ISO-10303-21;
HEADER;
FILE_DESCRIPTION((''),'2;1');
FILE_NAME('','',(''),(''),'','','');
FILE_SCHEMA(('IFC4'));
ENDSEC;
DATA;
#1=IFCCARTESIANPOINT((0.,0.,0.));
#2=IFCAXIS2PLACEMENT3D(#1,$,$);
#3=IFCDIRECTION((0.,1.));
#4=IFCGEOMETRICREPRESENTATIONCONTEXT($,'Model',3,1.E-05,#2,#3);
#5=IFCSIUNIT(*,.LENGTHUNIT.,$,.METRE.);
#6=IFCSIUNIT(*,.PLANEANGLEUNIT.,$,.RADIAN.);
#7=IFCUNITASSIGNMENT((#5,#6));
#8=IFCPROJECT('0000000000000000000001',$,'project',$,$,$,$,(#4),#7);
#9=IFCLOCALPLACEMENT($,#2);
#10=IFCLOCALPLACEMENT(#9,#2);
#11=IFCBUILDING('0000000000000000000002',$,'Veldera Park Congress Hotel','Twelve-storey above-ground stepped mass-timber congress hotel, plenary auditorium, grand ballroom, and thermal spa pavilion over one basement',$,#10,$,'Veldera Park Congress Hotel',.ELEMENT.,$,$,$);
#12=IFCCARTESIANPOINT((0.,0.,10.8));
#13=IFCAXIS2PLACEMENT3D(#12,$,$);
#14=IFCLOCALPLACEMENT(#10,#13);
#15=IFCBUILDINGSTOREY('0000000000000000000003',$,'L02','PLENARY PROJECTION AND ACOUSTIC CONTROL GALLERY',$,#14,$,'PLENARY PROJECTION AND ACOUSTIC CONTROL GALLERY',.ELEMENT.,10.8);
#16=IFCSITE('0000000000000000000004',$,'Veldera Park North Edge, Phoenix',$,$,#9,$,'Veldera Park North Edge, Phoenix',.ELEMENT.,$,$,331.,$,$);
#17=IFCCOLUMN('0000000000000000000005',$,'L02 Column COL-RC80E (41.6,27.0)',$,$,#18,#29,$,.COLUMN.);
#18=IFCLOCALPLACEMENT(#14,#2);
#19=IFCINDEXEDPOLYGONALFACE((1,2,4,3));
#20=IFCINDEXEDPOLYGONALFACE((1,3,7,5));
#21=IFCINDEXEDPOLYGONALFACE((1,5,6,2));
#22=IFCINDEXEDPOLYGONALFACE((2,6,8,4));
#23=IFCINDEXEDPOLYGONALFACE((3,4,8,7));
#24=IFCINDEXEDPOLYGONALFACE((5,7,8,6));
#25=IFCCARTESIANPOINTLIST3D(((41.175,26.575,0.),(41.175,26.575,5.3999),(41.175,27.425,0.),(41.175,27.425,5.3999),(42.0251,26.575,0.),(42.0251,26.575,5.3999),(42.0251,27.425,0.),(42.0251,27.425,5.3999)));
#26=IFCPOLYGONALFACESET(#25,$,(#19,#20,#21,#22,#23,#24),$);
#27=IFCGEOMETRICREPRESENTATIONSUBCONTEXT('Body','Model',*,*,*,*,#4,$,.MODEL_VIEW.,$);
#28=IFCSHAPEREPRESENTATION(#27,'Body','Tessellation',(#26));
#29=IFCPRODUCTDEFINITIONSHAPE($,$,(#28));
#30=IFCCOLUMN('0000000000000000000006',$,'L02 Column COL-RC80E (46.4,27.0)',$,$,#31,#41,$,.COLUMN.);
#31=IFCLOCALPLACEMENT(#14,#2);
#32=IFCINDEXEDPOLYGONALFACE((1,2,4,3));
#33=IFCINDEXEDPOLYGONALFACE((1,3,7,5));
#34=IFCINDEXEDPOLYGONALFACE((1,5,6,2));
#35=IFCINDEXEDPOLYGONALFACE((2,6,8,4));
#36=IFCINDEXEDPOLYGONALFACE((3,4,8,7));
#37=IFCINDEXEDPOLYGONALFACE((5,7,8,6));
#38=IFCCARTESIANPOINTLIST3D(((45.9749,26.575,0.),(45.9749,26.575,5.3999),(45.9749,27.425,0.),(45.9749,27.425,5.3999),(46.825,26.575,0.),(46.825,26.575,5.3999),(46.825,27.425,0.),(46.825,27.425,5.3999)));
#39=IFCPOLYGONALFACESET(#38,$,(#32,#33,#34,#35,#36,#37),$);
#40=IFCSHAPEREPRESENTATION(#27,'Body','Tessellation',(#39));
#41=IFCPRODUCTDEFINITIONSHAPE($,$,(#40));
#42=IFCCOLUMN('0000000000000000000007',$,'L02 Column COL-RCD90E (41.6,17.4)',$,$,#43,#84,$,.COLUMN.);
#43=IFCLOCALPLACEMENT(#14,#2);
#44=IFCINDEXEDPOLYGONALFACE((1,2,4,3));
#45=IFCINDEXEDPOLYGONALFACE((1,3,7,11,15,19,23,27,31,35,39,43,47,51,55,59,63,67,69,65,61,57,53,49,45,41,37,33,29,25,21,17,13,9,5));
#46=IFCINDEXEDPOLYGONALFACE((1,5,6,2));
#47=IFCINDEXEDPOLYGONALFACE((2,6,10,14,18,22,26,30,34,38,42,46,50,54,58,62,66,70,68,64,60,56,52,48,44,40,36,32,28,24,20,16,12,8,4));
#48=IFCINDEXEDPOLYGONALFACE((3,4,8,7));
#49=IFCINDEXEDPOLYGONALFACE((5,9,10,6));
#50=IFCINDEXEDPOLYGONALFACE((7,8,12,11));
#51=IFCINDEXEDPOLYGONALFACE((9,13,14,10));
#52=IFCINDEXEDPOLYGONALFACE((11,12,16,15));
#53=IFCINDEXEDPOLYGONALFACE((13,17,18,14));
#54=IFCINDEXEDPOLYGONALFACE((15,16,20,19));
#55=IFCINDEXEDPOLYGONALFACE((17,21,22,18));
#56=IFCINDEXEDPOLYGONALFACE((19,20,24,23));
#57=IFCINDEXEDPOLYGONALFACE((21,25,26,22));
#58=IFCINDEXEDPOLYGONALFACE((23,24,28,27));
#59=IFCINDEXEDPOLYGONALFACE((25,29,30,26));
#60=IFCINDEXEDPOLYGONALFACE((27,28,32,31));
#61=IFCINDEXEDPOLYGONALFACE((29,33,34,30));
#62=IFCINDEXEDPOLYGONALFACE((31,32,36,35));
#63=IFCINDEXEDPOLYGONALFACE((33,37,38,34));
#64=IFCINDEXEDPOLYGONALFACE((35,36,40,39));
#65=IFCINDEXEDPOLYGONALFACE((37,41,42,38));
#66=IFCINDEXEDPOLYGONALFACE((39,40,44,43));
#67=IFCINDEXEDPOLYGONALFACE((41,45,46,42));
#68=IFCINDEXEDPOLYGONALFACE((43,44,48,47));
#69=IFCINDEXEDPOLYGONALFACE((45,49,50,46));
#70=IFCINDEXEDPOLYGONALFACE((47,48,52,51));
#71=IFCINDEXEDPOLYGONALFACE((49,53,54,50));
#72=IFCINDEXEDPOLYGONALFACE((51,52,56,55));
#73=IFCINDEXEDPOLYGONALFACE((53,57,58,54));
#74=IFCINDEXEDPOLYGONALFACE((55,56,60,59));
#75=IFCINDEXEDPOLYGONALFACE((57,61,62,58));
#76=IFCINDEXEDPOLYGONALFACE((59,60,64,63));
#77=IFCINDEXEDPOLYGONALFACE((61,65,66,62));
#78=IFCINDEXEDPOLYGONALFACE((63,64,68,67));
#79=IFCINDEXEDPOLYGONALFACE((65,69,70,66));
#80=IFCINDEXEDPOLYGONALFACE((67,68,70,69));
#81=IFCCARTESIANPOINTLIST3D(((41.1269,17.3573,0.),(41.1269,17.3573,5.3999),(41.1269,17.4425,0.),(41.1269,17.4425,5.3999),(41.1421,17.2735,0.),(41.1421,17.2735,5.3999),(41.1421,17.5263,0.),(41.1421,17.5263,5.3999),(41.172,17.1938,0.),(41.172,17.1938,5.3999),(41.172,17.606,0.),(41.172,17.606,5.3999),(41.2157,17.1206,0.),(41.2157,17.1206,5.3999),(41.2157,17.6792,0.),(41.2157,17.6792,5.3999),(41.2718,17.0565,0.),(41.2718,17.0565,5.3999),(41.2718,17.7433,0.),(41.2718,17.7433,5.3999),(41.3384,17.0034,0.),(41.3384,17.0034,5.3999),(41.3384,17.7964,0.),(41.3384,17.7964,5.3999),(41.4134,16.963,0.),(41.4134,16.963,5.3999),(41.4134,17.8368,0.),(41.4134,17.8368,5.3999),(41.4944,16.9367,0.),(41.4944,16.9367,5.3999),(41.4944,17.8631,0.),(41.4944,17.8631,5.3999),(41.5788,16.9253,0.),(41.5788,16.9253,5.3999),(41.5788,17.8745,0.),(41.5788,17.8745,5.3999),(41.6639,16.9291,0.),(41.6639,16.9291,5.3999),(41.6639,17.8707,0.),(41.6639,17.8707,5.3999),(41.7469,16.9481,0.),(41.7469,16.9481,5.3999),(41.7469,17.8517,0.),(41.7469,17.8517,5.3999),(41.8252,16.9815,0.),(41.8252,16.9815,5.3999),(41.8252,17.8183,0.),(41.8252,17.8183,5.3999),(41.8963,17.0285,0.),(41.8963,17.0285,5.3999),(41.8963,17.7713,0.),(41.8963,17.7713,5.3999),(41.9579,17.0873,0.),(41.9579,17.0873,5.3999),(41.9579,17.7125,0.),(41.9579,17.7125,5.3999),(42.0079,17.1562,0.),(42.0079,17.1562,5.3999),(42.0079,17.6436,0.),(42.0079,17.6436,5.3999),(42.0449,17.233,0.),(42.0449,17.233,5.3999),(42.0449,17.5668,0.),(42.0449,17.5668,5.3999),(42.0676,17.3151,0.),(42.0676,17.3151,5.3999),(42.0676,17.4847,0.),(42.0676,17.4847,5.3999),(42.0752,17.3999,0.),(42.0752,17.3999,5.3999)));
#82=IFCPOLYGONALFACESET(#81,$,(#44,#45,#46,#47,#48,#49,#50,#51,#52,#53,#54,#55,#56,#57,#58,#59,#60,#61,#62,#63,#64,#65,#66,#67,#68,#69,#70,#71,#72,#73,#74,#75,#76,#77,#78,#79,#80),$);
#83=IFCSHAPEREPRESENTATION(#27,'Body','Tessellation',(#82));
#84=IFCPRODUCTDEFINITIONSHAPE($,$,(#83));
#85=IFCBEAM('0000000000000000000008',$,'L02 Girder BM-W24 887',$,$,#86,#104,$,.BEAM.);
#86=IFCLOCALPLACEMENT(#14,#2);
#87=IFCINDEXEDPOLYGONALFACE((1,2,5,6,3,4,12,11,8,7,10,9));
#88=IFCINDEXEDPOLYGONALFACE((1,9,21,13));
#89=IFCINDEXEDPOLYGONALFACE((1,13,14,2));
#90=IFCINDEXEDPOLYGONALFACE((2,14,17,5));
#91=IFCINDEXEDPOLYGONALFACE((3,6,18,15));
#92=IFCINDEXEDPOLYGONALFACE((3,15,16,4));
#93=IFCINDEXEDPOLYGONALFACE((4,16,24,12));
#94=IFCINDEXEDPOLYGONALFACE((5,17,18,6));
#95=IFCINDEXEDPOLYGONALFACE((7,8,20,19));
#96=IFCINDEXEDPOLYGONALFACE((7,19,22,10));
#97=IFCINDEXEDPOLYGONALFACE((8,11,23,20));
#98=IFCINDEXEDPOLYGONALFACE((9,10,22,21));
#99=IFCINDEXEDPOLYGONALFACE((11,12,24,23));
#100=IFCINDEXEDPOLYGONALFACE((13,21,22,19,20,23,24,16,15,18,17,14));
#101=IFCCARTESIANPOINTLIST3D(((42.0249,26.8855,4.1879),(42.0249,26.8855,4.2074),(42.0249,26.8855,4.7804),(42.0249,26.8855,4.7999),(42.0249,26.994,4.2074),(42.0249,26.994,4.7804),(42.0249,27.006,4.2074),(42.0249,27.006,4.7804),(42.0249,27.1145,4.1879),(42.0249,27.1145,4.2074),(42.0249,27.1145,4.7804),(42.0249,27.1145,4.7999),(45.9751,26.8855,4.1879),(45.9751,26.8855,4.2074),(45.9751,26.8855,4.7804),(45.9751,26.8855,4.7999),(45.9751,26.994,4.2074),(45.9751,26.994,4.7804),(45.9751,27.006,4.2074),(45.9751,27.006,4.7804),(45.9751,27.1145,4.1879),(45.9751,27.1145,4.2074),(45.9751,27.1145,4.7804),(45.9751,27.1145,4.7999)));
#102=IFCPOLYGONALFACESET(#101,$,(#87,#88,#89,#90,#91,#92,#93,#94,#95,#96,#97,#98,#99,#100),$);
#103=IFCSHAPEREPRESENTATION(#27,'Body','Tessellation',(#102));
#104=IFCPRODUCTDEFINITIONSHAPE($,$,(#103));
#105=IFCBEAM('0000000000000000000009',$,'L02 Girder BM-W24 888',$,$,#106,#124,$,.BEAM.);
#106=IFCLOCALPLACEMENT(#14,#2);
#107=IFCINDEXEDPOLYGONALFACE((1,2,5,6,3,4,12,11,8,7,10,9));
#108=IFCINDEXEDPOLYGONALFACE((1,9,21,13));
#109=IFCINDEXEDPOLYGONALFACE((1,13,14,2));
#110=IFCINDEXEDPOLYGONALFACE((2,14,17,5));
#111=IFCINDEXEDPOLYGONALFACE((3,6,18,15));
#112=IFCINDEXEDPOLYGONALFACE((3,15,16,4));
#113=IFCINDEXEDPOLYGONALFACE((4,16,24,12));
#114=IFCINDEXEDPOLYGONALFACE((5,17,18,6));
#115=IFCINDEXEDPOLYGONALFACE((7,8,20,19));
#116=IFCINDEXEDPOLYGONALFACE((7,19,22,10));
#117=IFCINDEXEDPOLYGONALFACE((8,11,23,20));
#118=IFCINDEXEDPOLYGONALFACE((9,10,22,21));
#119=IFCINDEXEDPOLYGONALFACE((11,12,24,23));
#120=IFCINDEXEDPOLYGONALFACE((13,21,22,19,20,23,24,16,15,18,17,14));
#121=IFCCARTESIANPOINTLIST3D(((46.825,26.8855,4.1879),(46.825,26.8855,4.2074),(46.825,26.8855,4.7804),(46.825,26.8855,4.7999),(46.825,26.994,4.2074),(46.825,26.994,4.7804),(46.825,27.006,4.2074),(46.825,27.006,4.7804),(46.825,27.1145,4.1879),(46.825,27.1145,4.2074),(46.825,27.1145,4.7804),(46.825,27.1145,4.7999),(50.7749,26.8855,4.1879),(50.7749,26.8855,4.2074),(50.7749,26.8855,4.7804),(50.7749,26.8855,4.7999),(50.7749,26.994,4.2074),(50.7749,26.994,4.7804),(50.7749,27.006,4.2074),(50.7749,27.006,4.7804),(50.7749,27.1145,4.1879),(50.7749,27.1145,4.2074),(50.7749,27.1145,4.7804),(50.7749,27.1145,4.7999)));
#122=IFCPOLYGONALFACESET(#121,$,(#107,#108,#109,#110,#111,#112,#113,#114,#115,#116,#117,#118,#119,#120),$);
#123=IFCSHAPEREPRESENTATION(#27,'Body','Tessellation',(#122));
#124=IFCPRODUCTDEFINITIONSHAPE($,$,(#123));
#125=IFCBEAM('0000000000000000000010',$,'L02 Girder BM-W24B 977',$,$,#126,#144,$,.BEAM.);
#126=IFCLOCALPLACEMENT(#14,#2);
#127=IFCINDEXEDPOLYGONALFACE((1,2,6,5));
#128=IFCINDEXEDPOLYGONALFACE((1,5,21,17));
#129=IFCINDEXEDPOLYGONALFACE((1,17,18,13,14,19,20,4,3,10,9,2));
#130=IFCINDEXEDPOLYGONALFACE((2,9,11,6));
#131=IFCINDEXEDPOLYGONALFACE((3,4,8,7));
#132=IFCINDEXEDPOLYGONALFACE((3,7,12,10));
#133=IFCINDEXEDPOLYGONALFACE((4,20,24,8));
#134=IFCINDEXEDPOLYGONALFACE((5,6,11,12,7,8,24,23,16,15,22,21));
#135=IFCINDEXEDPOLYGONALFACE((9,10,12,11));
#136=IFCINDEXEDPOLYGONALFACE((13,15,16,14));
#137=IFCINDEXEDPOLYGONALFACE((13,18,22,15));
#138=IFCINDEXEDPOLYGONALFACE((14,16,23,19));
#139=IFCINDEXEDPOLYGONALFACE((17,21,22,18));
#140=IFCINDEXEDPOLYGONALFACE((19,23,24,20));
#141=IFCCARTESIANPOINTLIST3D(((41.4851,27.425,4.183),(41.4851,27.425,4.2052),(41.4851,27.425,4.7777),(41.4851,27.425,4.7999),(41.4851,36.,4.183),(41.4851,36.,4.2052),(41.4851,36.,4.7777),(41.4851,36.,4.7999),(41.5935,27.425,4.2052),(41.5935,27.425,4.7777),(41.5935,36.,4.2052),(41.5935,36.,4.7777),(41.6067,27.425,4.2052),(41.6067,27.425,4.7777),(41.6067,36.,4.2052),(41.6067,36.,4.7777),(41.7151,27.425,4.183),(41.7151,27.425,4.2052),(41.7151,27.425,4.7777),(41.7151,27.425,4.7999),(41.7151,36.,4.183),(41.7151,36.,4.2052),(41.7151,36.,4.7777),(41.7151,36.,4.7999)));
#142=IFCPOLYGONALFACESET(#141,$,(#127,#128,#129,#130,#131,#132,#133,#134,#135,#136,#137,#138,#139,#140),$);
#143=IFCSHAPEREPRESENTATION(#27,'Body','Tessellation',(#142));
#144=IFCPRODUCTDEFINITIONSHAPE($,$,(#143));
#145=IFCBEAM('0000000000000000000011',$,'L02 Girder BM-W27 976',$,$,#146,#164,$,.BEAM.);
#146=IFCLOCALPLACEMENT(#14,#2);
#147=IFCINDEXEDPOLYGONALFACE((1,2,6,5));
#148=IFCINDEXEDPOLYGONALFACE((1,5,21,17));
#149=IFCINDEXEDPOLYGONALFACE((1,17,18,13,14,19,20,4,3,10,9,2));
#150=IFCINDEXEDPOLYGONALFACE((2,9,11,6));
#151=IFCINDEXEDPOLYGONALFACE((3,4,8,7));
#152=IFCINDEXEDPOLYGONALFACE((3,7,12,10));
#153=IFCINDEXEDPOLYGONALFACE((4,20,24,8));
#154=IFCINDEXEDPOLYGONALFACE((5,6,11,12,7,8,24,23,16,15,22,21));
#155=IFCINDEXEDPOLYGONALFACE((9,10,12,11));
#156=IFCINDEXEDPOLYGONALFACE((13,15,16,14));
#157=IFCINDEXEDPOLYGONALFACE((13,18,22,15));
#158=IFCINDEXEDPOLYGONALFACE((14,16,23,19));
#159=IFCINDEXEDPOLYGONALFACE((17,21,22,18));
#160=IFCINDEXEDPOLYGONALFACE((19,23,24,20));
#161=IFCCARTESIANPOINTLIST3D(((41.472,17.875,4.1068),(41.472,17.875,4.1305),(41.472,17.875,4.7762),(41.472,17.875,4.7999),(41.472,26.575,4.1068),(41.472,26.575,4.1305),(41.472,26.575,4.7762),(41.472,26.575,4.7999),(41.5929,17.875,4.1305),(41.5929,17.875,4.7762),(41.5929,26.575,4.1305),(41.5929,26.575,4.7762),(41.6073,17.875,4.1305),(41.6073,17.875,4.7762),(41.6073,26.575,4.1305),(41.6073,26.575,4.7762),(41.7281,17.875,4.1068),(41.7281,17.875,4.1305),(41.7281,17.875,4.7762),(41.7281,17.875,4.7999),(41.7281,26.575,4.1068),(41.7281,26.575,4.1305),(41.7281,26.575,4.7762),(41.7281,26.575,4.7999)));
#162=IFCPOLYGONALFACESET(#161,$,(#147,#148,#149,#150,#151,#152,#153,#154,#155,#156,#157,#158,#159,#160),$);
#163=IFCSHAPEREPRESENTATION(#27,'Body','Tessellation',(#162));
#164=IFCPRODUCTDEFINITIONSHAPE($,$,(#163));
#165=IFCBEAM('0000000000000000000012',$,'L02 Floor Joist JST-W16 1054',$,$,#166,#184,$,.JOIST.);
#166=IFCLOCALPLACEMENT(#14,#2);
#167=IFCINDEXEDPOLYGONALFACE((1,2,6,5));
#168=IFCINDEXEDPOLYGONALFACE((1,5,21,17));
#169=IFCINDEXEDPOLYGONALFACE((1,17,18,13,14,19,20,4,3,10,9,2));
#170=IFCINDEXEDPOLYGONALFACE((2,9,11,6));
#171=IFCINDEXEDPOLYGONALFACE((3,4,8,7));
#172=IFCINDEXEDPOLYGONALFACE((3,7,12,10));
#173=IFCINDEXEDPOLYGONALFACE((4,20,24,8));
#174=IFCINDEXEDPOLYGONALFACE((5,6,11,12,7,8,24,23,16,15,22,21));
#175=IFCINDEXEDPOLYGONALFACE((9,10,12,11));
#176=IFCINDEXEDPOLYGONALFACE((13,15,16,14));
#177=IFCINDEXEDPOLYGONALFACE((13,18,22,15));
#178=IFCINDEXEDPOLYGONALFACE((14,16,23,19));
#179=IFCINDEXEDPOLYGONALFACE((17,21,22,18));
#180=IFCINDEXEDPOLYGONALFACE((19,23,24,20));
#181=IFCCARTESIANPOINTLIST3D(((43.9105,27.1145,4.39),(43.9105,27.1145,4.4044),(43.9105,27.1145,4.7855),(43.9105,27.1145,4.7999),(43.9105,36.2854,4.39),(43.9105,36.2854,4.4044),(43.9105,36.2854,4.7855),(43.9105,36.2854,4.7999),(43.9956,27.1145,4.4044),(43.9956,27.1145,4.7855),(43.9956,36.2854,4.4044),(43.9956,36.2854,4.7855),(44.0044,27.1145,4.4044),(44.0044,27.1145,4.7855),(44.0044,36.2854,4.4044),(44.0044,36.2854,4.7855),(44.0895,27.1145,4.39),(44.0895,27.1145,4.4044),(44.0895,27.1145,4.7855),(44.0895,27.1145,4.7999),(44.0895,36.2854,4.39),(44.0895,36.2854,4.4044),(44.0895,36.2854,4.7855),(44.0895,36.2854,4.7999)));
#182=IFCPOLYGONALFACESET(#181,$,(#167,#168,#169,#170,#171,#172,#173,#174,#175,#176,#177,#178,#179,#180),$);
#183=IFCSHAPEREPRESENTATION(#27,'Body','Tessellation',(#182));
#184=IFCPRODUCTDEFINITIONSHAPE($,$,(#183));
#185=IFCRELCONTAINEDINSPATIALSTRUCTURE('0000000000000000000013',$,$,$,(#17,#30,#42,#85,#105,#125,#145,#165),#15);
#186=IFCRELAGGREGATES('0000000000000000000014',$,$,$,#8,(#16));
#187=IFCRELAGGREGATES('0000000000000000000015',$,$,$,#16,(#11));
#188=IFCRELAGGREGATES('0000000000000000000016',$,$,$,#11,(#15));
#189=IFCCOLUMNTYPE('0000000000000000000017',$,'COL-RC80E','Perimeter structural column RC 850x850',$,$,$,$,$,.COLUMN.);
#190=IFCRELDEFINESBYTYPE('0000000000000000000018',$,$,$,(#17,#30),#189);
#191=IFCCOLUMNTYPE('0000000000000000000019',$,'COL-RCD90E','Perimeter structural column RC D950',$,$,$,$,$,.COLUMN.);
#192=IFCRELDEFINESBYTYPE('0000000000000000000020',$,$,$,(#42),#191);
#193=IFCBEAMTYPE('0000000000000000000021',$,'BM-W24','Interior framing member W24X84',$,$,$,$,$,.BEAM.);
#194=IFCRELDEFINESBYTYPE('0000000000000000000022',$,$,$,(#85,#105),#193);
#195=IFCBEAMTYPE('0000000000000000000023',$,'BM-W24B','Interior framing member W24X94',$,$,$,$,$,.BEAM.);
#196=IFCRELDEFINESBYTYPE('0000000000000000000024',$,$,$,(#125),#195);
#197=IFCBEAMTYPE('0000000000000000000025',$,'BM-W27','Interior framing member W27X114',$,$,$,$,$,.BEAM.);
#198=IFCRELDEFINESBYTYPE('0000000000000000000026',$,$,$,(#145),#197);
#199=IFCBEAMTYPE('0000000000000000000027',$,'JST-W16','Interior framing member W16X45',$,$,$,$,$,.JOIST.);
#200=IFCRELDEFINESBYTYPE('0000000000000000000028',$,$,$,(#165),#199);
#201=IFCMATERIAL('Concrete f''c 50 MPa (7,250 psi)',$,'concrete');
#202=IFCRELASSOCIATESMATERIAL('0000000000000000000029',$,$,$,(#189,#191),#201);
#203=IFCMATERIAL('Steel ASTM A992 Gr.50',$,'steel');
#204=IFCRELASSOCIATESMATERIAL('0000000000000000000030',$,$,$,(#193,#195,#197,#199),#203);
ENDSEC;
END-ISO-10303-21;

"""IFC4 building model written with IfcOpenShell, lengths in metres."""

from ifc_helpers import new_model, si_unit, direction, frame, origin, origin_2d, place, context, subcontext, project, spatial, rectangle, circle, i_section, extrude, material, material_profile, profile_set, type_object, element, save


model = new_model("IFC4")

# Units and contexts
model_context = context("Model", 3, precision=1e-05, world=origin(), true_north=direction((0.0, 1.0)))
body_context = subcontext(model_context, "Body", "Model", "MODEL_VIEW")
ifc_project = project(units=[si_unit("LENGTHUNIT", "METRE"), si_unit("PLANEANGLEUNIT", "RADIAN")], contexts=[model_context])

# Site, building, storey
site_placement = place(None, origin())
site = spatial("IfcSite", under=ifc_project, at=site_placement, Name="Veldera Park North Edge, Phoenix", LongName="Veldera Park North Edge, Phoenix", CompositionType="ELEMENT", RefElevation=331.0)
building_placement = place(site_placement, origin())
building = spatial("IfcBuilding", under=site, at=building_placement, Name="Veldera Park Congress Hotel", Description="Twelve-storey above-ground stepped mass-timber congress hotel, plenary auditorium, grand ballroom, and thermal spa pavilion over one basement", LongName="Veldera Park Congress Hotel", CompositionType="ELEMENT")
storey_placement = place(building_placement, frame((0.0, 0.0, 10.8)))
storey = spatial("IfcBuildingStorey", under=building, at=storey_placement, Name="L02", Description="PLENARY PROJECTION AND ACOUSTIC CONTROL GALLERY", LongName="PLENARY PROJECTION AND ACOUSTIC CONTROL GALLERY", CompositionType="ELEMENT", Elevation=10.8)

# Columns
ifc_material_1 = material(Name="Concrete f'c 50 MPa (7,250 psi)", Category="concrete")
ifc_material_profile_1 = material_profile(ifc_material_1, rectangle(XDim=0.8501, YDim=0.8501, at=origin_2d()), Name="RC 850x850")
ifc_profile_set_1 = profile_set([ifc_material_profile_1], Name="Concrete f'c 50 MPa (7,250 psi)")
column_type_1 = type_object("IfcColumnType", Name="COL-RC80E", Description="Perimeter structural column RC 850x850", PredefinedType="COLUMN", material=ifc_profile_set_1)
for number, where, z_axis, x_axis, name in (
    (1, (41.6001, 27.0, 0.0), (0.0, 0.0, 1.0), (1.0, 0.0, 0.0), "L02 Column COL-RC80E (41.6,27.0)"),
    (2, (46.3999, 27.0, 0.0), (0.0, 0.0, 1.0), (1.0, 0.0, 0.0), "L02 Column COL-RC80E (46.4,27.0)"),
):
    element("IfcColumn", number, at=place(storey_placement, frame(where, z_axis=z_axis, x_axis=x_axis)), inside=storey, type_object=column_type_1, Name=name, PredefinedType="COLUMN", context=body_context, shape_type="SweptSolid", body=[
        extrude(rectangle(XDim=0.8501, YDim=0.8501, at=origin_2d()), origin(), (0.0, 0.0, 1.0), 5.3999),
    ])
ifc_material_profile_2 = material_profile(ifc_material_1, circle(Radius=0.4751, at=origin_2d()), Name="RC D950")
ifc_profile_set_2 = profile_set([ifc_material_profile_2], Name="Concrete f'c 50 MPa (7,250 psi)")
column_type_2 = type_object("IfcColumnType", Name="COL-RCD90E", Description="Perimeter structural column RC D950", PredefinedType="COLUMN", material=ifc_profile_set_2)
column_placement = place(storey_placement, frame((41.6001, 17.3999, 0.0), z_axis=(0.0, 0.0, 1.0), x_axis=(1.0, 0.0, 0.0)))
element("IfcColumn", 3, at=column_placement, inside=storey, type_object=column_type_2, Name="L02 Column COL-RCD90E (41.6,17.4)", PredefinedType="COLUMN", context=body_context, shape_type="SweptSolid", body=[
    extrude(circle(Radius=0.4751, at=origin_2d()), origin(), (0.0, 0.0, 1.0), 5.3999),
])

# Beams
ifc_material_2 = material(Name="Steel ASTM A992 Gr.50", Category="steel")
ifc_material_profile_3 = material_profile(ifc_material_2, i_section(OverallWidth=0.229, OverallDepth=0.6121, WebThickness=0.012, FlangeThickness=0.0195, at=origin_2d()), Name="W24X84")
ifc_profile_set_3 = profile_set([ifc_material_profile_3], Name="Steel ASTM A992 Gr.50")
beam_type_1 = type_object("IfcBeamType", Name="BM-W24", Description="Interior framing member W24X84", PredefinedType="BEAM", material=ifc_profile_set_3)
beam_1_placement = place(storey_placement, frame((42.0249, 27.0, 4.4939), z_axis=(1.0, 0.0, 0.0), x_axis=(0.0, 1.0, 0.0)))
element("IfcBeam", 4, at=beam_1_placement, inside=storey, type_object=beam_type_1, Name="L02 Girder BM-W24 887", PredefinedType="BEAM", context=body_context, shape_type="SweptSolid", body=[
    extrude(i_section(OverallWidth=0.229, OverallDepth=0.6121, WebThickness=0.012, FlangeThickness=0.0195, at=origin_2d()), origin(), (0.0, 0.0, 1.0), 3.9502),
])
beam_2_placement = place(storey_placement, frame((46.825, 27.0, 4.4939), z_axis=(1.0, 0.0, 0.0), x_axis=(0.0, 1.0, 0.0)))
element("IfcBeam", 5, at=beam_2_placement, inside=storey, type_object=beam_type_1, Name="L02 Girder BM-W24 888", PredefinedType="BEAM", context=body_context, shape_type="SweptSolid", body=[
    extrude(i_section(OverallWidth=0.229, OverallDepth=0.6121, WebThickness=0.012, FlangeThickness=0.0195, at=origin_2d()), origin(), (0.0, 0.0, 1.0), 3.95),
])
ifc_material_profile_4 = material_profile(ifc_material_2, i_section(OverallWidth=0.23, OverallDepth=0.6169, WebThickness=0.0132, FlangeThickness=0.0222, at=origin_2d()), Name="W24X94")
ifc_profile_set_4 = profile_set([ifc_material_profile_4], Name="Steel ASTM A992 Gr.50")
beam_type_2 = type_object("IfcBeamType", Name="BM-W24B", Description="Interior framing member W24X94", PredefinedType="BEAM", material=ifc_profile_set_4)
beam_3_placement = place(storey_placement, frame((41.6001, 27.425, 4.4915), z_axis=(0.0, 1.0, 0.0), x_axis=(-1.0, 0.0, 0.0)))
element("IfcBeam", 6, at=beam_3_placement, inside=storey, type_object=beam_type_2, Name="L02 Girder BM-W24B 977", PredefinedType="BEAM", context=body_context, shape_type="SweptSolid", body=[
    extrude(i_section(OverallWidth=0.23, OverallDepth=0.6169, WebThickness=0.0132, FlangeThickness=0.0222, at=origin_2d()), origin(), (0.0, 0.0, 1.0), 8.575),
])
ifc_material_profile_5 = material_profile(ifc_material_2, i_section(OverallWidth=0.2561, OverallDepth=0.6931, WebThickness=0.0144, FlangeThickness=0.0237, at=origin_2d()), Name="W27X114")
ifc_profile_set_5 = profile_set([ifc_material_profile_5], Name="Steel ASTM A992 Gr.50")
beam_type_3 = type_object("IfcBeamType", Name="BM-W27", Description="Interior framing member W27X114", PredefinedType="BEAM", material=ifc_profile_set_5)
beam_4_placement = place(storey_placement, frame((41.6001, 17.875, 4.4534), z_axis=(0.0, 1.0, 0.0), x_axis=(-1.0, 0.0, 0.0)))
element("IfcBeam", 7, at=beam_4_placement, inside=storey, type_object=beam_type_3, Name="L02 Girder BM-W27 976", PredefinedType="BEAM", context=body_context, shape_type="SweptSolid", body=[
    extrude(i_section(OverallWidth=0.2561, OverallDepth=0.6931, WebThickness=0.0144, FlangeThickness=0.0237, at=origin_2d()), origin(), (0.0, 0.0, 1.0), 8.7),
])
ifc_material_profile_6 = material_profile(ifc_material_2, i_section(OverallWidth=0.179, OverallDepth=0.4099, WebThickness=0.0088, FlangeThickness=0.0144, at=origin_2d()), Name="W16X45")
ifc_profile_set_6 = profile_set([ifc_material_profile_6], Name="Steel ASTM A992 Gr.50")
beam_type_4 = type_object("IfcBeamType", Name="JST-W16", Description="Interior framing member W16X45", PredefinedType="JOIST", material=ifc_profile_set_6)
beam_5_placement = place(storey_placement, frame((44.0, 27.1145, 4.595), z_axis=(0.0, 1.0, 0.0), x_axis=(-1.0, 0.0, 0.0)))
element("IfcBeam", 8, at=beam_5_placement, inside=storey, type_object=beam_type_4, Name="L02 Floor Joist JST-W16 1054", PredefinedType="JOIST", context=body_context, shape_type="SweptSolid", body=[
    extrude(i_section(OverallWidth=0.179, OverallDepth=0.4099, WebThickness=0.0088, FlangeThickness=0.0144, at=origin_2d()), origin(), (0.0, 0.0, 1.0), 9.1709),
])

save(model, "model.ifc")
